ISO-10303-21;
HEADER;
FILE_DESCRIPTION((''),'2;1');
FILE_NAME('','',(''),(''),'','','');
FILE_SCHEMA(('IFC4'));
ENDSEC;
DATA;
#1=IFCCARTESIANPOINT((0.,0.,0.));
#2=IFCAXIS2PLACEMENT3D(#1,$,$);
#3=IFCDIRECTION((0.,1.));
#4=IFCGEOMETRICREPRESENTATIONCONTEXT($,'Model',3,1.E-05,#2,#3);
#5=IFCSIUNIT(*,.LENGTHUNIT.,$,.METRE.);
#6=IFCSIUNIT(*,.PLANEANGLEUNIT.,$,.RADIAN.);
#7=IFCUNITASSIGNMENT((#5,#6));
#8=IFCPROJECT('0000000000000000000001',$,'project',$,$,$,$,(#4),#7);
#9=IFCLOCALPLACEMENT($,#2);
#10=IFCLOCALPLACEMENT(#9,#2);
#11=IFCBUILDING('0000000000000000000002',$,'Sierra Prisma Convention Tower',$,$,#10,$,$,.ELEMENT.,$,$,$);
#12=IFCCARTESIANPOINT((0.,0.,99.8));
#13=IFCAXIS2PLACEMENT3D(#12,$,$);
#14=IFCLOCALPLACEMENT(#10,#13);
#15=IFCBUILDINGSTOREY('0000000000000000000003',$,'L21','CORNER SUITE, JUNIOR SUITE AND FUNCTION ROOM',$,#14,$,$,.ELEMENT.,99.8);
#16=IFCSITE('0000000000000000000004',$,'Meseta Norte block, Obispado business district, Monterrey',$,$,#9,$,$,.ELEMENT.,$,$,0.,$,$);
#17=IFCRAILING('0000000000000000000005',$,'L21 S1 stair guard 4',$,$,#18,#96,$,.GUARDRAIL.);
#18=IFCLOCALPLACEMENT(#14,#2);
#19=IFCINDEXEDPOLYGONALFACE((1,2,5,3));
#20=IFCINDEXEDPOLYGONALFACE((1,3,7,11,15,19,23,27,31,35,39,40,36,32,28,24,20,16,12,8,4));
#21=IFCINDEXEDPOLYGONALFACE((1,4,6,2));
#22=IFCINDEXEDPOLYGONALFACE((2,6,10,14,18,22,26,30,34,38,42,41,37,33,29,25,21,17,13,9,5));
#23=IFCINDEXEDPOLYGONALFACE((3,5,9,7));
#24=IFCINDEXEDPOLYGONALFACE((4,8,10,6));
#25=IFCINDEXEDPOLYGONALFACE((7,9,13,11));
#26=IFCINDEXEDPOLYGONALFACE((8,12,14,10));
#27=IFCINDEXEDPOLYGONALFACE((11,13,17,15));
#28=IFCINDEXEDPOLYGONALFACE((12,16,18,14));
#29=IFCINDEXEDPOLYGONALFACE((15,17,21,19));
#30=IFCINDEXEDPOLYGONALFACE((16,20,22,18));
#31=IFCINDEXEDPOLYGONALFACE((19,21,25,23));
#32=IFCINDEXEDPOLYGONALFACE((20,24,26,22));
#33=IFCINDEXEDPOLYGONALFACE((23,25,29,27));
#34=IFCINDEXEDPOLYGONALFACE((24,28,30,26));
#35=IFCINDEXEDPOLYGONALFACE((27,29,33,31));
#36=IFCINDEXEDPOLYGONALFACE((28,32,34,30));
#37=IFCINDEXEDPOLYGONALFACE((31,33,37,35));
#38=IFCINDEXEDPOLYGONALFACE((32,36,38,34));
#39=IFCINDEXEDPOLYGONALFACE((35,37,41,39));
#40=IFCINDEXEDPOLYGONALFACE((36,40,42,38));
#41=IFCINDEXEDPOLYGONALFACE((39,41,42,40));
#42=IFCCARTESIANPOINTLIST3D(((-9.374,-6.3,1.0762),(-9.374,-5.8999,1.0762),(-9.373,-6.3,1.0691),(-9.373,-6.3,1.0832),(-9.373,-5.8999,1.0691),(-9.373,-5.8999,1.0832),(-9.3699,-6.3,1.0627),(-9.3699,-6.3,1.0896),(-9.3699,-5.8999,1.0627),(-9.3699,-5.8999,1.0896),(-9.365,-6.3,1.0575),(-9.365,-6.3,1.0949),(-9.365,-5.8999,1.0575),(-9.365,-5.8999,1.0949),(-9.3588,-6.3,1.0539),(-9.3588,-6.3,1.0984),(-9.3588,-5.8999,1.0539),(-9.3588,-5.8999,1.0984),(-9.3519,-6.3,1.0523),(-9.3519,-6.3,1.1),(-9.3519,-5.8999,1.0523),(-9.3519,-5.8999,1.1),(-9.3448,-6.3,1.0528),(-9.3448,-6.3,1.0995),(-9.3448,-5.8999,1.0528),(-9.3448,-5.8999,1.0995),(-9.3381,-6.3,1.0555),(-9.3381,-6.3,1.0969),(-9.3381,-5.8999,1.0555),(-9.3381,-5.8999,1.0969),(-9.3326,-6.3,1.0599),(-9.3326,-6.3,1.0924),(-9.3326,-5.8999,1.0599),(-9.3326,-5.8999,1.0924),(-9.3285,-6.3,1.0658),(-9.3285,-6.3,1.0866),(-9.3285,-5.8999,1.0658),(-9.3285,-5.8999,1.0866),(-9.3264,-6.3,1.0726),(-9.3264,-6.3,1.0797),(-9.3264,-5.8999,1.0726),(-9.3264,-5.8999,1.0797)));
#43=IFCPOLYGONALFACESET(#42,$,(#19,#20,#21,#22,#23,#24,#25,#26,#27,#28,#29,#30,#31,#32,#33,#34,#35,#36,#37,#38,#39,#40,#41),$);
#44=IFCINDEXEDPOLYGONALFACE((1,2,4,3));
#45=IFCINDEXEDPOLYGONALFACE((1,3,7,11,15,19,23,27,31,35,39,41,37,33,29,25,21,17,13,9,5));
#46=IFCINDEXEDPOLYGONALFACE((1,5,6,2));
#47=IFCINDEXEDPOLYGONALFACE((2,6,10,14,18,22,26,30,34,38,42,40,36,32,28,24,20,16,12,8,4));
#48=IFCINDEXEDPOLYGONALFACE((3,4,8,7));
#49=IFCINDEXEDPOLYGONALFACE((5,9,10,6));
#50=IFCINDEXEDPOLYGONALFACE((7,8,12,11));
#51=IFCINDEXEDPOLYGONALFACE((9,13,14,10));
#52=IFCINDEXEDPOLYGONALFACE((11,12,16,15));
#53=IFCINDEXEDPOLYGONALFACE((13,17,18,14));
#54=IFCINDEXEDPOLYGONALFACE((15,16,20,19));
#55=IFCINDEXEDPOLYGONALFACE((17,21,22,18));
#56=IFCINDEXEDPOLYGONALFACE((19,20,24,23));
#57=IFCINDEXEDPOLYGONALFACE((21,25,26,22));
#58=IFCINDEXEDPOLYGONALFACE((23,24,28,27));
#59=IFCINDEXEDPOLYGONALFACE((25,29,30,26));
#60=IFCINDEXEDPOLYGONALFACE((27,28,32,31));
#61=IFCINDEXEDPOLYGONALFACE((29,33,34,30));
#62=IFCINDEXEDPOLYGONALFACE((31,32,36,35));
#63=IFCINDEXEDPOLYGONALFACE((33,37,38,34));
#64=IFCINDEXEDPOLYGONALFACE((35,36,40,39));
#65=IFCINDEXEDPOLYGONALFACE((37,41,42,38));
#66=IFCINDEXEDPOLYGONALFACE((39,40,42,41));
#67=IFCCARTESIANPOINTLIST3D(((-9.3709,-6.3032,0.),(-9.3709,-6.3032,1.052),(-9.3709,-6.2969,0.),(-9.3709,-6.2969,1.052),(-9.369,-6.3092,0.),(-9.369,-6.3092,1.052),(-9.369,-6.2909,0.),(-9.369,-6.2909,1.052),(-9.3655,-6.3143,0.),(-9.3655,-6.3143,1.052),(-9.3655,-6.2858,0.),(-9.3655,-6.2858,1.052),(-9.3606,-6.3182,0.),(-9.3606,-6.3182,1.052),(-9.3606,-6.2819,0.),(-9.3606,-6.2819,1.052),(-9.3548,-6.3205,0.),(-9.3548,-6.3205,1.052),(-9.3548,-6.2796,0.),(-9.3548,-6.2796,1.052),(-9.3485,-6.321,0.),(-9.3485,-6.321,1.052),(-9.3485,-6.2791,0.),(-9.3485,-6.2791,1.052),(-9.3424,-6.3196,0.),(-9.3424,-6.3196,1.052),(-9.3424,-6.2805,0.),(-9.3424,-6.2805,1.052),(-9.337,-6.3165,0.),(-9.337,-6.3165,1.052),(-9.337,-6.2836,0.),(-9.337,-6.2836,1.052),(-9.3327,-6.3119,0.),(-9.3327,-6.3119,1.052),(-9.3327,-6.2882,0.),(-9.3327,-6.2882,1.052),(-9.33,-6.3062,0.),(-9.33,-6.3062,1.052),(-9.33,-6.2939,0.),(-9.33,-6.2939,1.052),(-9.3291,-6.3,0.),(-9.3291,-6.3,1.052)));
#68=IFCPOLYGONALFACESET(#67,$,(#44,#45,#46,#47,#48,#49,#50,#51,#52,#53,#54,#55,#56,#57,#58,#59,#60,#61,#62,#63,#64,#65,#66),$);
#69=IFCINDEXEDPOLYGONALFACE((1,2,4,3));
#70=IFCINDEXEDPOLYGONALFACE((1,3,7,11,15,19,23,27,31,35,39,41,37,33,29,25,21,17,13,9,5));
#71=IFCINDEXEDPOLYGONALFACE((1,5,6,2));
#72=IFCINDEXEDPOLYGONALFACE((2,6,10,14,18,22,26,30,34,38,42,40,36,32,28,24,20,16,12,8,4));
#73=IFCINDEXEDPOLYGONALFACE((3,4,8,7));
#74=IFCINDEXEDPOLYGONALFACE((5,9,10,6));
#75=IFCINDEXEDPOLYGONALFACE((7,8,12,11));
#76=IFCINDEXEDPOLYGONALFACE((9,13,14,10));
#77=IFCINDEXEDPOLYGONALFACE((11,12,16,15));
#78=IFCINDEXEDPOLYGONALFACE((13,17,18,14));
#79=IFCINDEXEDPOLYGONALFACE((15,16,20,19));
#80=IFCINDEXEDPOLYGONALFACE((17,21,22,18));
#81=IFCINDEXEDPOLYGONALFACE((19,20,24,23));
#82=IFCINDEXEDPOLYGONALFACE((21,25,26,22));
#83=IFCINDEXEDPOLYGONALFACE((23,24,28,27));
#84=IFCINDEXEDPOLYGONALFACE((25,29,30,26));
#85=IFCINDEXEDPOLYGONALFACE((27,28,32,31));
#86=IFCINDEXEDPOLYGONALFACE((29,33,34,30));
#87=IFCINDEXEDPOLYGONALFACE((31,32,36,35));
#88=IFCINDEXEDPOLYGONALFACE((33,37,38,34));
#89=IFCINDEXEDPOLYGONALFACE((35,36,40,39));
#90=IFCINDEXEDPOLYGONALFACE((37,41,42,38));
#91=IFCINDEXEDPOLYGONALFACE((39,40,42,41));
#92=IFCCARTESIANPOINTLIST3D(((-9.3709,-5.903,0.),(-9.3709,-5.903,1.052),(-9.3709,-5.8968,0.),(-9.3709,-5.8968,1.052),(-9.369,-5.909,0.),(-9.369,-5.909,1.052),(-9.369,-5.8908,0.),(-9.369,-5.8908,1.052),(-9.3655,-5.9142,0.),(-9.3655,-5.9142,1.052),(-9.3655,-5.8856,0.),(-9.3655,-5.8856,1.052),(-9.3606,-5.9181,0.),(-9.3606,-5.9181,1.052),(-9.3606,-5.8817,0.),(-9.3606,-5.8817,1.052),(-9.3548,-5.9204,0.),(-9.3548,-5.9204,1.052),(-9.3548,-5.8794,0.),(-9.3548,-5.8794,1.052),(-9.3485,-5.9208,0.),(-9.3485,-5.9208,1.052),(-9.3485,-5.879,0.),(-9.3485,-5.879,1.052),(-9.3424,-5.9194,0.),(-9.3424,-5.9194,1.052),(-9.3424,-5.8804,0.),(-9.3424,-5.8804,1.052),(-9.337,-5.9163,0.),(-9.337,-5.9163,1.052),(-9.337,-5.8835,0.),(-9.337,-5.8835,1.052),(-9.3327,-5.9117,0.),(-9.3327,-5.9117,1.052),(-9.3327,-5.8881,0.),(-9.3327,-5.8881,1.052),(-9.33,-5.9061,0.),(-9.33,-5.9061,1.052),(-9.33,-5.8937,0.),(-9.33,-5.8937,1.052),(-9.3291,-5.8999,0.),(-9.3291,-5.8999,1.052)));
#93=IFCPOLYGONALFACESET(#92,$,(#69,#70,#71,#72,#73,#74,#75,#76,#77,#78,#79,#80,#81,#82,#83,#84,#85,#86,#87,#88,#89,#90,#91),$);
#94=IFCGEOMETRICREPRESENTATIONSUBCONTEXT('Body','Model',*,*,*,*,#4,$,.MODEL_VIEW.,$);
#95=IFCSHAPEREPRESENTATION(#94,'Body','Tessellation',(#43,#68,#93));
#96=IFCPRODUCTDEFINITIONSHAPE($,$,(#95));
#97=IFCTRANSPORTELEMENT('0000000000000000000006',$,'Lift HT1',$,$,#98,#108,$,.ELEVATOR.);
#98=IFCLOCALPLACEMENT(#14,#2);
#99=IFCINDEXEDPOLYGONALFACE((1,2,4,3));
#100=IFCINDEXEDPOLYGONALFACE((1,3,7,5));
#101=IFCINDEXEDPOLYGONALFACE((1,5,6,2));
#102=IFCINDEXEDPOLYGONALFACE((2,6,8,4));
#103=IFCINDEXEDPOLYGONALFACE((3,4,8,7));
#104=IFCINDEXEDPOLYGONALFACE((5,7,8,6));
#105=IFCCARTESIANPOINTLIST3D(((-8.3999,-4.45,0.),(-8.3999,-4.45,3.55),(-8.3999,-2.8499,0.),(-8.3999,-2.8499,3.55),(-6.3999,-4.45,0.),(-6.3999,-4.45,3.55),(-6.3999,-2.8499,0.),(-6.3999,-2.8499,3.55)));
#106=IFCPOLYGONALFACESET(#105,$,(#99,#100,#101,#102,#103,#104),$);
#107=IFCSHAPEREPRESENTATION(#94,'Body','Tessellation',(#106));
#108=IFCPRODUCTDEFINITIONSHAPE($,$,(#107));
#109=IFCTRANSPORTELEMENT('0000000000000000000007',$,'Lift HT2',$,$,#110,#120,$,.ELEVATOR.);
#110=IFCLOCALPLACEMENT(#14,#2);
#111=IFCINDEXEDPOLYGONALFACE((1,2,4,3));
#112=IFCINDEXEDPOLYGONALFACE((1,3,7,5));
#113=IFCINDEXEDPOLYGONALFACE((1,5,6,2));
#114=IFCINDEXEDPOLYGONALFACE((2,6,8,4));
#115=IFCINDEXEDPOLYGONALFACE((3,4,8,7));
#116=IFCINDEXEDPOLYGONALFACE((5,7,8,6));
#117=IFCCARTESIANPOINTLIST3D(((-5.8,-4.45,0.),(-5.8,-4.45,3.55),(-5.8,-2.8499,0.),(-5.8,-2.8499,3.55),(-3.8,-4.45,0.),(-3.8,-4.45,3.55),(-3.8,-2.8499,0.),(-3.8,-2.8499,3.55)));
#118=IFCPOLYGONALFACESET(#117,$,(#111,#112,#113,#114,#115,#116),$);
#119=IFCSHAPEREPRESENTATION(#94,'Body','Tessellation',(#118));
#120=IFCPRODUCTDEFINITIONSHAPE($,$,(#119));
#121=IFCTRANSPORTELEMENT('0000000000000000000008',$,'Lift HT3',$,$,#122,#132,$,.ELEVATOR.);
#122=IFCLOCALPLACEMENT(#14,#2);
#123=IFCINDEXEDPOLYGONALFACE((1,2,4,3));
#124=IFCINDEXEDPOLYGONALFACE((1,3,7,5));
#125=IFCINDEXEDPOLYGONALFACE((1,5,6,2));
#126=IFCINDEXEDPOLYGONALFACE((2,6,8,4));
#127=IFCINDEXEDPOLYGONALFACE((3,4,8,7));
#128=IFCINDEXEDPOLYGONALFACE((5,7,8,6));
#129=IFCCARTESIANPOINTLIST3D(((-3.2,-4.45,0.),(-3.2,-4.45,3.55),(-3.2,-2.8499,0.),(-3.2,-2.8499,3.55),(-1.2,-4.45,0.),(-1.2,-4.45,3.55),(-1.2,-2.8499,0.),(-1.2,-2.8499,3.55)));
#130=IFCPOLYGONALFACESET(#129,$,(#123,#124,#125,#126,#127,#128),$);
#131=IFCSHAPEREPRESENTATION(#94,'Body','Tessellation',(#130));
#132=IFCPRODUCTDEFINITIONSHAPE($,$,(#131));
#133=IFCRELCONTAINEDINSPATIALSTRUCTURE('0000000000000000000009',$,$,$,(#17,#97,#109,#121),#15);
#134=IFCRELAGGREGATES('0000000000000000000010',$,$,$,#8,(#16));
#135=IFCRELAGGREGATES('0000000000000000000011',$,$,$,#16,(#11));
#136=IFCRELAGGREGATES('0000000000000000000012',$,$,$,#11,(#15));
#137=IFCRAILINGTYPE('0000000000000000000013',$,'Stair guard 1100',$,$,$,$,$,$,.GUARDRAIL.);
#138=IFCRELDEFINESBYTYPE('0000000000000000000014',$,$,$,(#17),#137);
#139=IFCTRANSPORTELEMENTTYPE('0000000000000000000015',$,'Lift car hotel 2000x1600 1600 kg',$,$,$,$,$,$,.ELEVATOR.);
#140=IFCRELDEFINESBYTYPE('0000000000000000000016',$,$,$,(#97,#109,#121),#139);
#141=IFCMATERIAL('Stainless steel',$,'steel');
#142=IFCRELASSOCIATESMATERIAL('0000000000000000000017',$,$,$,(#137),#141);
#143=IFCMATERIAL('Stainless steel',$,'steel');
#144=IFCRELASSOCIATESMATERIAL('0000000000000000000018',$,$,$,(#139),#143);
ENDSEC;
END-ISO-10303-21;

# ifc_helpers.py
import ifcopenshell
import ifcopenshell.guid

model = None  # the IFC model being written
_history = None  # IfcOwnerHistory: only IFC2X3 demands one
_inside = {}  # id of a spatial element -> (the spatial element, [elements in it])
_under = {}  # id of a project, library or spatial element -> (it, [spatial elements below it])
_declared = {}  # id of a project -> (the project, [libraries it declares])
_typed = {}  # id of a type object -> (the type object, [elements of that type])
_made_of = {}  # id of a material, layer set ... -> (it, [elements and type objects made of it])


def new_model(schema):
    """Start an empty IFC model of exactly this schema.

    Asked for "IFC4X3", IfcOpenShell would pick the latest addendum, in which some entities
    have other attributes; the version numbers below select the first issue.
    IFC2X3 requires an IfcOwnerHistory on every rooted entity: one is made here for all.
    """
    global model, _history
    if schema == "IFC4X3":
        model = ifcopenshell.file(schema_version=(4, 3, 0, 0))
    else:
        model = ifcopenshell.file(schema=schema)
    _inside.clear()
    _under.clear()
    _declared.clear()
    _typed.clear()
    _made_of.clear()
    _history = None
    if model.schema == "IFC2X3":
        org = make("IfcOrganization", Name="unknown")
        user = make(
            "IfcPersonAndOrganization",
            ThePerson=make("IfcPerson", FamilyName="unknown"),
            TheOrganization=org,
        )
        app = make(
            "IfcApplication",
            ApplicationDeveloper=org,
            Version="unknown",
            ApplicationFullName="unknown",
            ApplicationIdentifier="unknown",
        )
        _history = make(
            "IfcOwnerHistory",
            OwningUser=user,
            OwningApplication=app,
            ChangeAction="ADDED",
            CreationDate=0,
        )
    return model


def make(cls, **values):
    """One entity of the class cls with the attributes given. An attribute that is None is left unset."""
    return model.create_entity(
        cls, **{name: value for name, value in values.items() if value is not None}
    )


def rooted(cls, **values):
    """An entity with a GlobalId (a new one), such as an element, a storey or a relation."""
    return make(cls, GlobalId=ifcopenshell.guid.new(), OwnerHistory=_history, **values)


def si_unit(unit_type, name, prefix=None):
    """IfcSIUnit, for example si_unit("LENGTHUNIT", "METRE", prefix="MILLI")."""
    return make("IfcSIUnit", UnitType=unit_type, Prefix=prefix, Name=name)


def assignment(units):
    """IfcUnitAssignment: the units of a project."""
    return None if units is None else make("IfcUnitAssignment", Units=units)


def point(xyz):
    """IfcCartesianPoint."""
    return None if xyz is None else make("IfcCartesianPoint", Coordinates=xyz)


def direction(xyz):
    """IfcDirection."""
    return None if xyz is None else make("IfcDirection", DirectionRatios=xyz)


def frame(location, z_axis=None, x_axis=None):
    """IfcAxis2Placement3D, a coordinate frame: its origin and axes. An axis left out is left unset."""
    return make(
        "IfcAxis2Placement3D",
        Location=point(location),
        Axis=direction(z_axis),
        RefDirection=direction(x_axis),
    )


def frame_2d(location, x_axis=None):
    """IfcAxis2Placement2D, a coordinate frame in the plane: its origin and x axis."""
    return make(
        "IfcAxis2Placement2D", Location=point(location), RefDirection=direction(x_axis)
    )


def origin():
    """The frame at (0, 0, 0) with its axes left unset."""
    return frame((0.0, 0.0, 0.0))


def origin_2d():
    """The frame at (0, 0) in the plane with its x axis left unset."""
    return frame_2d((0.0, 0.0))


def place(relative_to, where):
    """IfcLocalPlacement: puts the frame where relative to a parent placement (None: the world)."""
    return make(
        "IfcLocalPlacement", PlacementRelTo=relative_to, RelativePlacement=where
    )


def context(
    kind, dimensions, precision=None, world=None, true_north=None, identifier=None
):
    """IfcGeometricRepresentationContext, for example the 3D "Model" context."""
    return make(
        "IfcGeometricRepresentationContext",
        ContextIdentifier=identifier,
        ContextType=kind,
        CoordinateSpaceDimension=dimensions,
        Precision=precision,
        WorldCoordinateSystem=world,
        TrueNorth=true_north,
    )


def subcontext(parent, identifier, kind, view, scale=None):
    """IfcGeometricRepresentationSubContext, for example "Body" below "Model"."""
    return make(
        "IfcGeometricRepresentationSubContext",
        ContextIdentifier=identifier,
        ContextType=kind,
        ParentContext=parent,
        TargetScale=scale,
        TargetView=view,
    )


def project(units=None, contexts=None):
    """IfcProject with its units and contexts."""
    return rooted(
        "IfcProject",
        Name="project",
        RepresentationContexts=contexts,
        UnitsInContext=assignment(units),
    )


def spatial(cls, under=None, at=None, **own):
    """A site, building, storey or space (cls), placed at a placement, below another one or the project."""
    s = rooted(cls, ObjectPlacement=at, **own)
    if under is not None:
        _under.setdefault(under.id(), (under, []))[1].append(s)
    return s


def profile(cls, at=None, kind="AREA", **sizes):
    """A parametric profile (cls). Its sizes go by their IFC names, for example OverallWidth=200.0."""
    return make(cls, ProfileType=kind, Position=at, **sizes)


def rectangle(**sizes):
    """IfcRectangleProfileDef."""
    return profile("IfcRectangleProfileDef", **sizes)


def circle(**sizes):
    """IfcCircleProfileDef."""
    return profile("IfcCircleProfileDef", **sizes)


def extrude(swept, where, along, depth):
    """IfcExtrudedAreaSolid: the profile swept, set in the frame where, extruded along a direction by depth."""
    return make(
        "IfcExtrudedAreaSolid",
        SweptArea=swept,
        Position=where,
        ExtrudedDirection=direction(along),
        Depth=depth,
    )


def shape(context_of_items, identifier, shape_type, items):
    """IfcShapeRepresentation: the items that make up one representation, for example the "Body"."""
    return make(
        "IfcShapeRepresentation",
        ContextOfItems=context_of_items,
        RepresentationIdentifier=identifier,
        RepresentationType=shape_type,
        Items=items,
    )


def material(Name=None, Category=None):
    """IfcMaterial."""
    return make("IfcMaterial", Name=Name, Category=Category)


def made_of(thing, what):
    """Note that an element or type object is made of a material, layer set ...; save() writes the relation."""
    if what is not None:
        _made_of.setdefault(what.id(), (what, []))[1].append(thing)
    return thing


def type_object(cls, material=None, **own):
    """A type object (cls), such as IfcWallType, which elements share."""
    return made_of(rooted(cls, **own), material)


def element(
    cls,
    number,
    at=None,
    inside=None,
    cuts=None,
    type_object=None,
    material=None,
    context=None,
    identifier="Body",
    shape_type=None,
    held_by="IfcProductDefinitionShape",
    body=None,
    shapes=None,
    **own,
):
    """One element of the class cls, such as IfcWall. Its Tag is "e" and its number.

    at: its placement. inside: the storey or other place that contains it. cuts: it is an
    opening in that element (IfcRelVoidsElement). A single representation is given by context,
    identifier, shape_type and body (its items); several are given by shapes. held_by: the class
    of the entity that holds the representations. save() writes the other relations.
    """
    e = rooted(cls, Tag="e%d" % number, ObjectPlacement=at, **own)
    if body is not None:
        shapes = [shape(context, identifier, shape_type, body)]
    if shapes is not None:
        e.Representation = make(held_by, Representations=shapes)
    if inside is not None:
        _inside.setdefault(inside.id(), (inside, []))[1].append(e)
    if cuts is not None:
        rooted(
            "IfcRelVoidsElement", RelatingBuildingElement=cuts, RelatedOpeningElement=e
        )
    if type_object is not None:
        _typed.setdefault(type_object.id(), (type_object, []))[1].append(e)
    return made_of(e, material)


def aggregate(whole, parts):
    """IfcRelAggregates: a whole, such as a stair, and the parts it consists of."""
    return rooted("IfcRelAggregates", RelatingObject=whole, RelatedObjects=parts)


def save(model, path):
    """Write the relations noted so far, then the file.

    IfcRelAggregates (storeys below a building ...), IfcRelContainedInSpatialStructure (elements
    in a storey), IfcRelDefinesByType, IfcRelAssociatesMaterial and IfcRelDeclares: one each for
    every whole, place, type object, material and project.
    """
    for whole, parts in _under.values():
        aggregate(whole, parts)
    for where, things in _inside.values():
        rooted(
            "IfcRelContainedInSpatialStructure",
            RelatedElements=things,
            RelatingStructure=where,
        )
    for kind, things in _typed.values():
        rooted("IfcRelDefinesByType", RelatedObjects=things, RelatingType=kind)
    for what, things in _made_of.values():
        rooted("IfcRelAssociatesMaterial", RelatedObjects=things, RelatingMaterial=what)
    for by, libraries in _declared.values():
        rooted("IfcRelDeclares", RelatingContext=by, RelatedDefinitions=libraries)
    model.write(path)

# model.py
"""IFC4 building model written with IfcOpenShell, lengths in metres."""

from ifc_helpers import new_model, si_unit, direction, frame, origin, origin_2d, place, context, subcontext, project, spatial, rectangle, circle, extrude, material, type_object, element, save


model = new_model("IFC4")

# Units and contexts
model_context = context("Model", 3, precision=1e-05, world=origin(), true_north=direction((0.0, 1.0)))
body_context = subcontext(model_context, "Body", "Model", "MODEL_VIEW")
ifc_project = project(units=[si_unit("LENGTHUNIT", "METRE"), si_unit("PLANEANGLEUNIT", "RADIAN")], contexts=[model_context])

# Site, building, storey
site_placement = place(None, origin())
site = spatial("IfcSite", under=ifc_project, at=site_placement, Name="Meseta Norte block, Obispado business district, Monterrey", CompositionType="ELEMENT", RefElevation=0.0)
building_placement = place(site_placement, origin())
building = spatial("IfcBuilding", under=site, at=building_placement, Name="Sierra Prisma Convention Tower", CompositionType="ELEMENT")
storey_placement = place(building_placement, frame((0.0, 0.0, 99.8)))
storey = spatial("IfcBuildingStorey", under=building, at=storey_placement, Name="L21", Description="CORNER SUITE, JUNIOR SUITE AND FUNCTION ROOM", CompositionType="ELEMENT", Elevation=99.8)

# Railing
ifc_material_1 = material(Name="Stainless steel", Category="steel")
railing_type_1 = type_object("IfcRailingType", Name="Stair guard 1100", PredefinedType="GUARDRAIL", material=ifc_material_1)
railing_1_placement = place(storey_placement, frame((-9.3501, -6.3, 0.0)))
element("IfcRailing", 1, at=railing_1_placement, inside=storey, type_object=railing_type_1, Name="L21 S1 stair guard 4", PredefinedType="GUARDRAIL", context=body_context, shape_type="SweptSolid", body=[
    extrude(circle(Radius=0.0239, at=origin_2d()), frame((0.0, 0.0, 1.0762), z_axis=(0.0, 1.0, 0.0), x_axis=(-1.0, 0.0, 0.0)), (0.0, 0.0, 1.0), 0.4001),
    extrude(circle(Radius=0.021, at=origin_2d()), origin(), (0.0, 0.0, 1.0), 1.052),
    extrude(circle(Radius=0.021, at=origin_2d()), frame((0.0, 0.4001, 0.0)), (0.0, 0.0, 1.0), 1.052),
])

# Transport elements
ifc_material_2 = material(Name="Stainless steel", Category="steel")
transport_element_type = type_object("IfcTransportElementType", Name="Lift car hotel 2000x1600 1600 kg", PredefinedType="ELEVATOR", material=ifc_material_2)
for number, where, z_axis, x_axis, name in (
    (2, (-7.3999, -3.6499, 0.0), (0.0, 0.0, 1.0), (1.0, 0.0, 0.0), "Lift HT1"),
    (3, (-4.8, -3.6499, 0.0), (0.0, 0.0, 1.0), (1.0, 0.0, 0.0), "Lift HT2"),
    (4, (-2.2, -3.6499, 0.0), (0.0, 0.0, 1.0), (1.0, 0.0, 0.0), "Lift HT3"),
):
    element("IfcTransportElement", number, at=place(storey_placement, frame(where, z_axis=z_axis, x_axis=x_axis)), inside=storey, type_object=transport_element_type, Name=name, PredefinedType="ELEVATOR", context=body_context, shape_type="SweptSolid", body=[
        extrude(rectangle(XDim=2.0, YDim=1.6001, at=origin_2d()), origin(), (0.0, 0.0, 1.0), 3.55),
    ])

save(model, "model.ifc")
